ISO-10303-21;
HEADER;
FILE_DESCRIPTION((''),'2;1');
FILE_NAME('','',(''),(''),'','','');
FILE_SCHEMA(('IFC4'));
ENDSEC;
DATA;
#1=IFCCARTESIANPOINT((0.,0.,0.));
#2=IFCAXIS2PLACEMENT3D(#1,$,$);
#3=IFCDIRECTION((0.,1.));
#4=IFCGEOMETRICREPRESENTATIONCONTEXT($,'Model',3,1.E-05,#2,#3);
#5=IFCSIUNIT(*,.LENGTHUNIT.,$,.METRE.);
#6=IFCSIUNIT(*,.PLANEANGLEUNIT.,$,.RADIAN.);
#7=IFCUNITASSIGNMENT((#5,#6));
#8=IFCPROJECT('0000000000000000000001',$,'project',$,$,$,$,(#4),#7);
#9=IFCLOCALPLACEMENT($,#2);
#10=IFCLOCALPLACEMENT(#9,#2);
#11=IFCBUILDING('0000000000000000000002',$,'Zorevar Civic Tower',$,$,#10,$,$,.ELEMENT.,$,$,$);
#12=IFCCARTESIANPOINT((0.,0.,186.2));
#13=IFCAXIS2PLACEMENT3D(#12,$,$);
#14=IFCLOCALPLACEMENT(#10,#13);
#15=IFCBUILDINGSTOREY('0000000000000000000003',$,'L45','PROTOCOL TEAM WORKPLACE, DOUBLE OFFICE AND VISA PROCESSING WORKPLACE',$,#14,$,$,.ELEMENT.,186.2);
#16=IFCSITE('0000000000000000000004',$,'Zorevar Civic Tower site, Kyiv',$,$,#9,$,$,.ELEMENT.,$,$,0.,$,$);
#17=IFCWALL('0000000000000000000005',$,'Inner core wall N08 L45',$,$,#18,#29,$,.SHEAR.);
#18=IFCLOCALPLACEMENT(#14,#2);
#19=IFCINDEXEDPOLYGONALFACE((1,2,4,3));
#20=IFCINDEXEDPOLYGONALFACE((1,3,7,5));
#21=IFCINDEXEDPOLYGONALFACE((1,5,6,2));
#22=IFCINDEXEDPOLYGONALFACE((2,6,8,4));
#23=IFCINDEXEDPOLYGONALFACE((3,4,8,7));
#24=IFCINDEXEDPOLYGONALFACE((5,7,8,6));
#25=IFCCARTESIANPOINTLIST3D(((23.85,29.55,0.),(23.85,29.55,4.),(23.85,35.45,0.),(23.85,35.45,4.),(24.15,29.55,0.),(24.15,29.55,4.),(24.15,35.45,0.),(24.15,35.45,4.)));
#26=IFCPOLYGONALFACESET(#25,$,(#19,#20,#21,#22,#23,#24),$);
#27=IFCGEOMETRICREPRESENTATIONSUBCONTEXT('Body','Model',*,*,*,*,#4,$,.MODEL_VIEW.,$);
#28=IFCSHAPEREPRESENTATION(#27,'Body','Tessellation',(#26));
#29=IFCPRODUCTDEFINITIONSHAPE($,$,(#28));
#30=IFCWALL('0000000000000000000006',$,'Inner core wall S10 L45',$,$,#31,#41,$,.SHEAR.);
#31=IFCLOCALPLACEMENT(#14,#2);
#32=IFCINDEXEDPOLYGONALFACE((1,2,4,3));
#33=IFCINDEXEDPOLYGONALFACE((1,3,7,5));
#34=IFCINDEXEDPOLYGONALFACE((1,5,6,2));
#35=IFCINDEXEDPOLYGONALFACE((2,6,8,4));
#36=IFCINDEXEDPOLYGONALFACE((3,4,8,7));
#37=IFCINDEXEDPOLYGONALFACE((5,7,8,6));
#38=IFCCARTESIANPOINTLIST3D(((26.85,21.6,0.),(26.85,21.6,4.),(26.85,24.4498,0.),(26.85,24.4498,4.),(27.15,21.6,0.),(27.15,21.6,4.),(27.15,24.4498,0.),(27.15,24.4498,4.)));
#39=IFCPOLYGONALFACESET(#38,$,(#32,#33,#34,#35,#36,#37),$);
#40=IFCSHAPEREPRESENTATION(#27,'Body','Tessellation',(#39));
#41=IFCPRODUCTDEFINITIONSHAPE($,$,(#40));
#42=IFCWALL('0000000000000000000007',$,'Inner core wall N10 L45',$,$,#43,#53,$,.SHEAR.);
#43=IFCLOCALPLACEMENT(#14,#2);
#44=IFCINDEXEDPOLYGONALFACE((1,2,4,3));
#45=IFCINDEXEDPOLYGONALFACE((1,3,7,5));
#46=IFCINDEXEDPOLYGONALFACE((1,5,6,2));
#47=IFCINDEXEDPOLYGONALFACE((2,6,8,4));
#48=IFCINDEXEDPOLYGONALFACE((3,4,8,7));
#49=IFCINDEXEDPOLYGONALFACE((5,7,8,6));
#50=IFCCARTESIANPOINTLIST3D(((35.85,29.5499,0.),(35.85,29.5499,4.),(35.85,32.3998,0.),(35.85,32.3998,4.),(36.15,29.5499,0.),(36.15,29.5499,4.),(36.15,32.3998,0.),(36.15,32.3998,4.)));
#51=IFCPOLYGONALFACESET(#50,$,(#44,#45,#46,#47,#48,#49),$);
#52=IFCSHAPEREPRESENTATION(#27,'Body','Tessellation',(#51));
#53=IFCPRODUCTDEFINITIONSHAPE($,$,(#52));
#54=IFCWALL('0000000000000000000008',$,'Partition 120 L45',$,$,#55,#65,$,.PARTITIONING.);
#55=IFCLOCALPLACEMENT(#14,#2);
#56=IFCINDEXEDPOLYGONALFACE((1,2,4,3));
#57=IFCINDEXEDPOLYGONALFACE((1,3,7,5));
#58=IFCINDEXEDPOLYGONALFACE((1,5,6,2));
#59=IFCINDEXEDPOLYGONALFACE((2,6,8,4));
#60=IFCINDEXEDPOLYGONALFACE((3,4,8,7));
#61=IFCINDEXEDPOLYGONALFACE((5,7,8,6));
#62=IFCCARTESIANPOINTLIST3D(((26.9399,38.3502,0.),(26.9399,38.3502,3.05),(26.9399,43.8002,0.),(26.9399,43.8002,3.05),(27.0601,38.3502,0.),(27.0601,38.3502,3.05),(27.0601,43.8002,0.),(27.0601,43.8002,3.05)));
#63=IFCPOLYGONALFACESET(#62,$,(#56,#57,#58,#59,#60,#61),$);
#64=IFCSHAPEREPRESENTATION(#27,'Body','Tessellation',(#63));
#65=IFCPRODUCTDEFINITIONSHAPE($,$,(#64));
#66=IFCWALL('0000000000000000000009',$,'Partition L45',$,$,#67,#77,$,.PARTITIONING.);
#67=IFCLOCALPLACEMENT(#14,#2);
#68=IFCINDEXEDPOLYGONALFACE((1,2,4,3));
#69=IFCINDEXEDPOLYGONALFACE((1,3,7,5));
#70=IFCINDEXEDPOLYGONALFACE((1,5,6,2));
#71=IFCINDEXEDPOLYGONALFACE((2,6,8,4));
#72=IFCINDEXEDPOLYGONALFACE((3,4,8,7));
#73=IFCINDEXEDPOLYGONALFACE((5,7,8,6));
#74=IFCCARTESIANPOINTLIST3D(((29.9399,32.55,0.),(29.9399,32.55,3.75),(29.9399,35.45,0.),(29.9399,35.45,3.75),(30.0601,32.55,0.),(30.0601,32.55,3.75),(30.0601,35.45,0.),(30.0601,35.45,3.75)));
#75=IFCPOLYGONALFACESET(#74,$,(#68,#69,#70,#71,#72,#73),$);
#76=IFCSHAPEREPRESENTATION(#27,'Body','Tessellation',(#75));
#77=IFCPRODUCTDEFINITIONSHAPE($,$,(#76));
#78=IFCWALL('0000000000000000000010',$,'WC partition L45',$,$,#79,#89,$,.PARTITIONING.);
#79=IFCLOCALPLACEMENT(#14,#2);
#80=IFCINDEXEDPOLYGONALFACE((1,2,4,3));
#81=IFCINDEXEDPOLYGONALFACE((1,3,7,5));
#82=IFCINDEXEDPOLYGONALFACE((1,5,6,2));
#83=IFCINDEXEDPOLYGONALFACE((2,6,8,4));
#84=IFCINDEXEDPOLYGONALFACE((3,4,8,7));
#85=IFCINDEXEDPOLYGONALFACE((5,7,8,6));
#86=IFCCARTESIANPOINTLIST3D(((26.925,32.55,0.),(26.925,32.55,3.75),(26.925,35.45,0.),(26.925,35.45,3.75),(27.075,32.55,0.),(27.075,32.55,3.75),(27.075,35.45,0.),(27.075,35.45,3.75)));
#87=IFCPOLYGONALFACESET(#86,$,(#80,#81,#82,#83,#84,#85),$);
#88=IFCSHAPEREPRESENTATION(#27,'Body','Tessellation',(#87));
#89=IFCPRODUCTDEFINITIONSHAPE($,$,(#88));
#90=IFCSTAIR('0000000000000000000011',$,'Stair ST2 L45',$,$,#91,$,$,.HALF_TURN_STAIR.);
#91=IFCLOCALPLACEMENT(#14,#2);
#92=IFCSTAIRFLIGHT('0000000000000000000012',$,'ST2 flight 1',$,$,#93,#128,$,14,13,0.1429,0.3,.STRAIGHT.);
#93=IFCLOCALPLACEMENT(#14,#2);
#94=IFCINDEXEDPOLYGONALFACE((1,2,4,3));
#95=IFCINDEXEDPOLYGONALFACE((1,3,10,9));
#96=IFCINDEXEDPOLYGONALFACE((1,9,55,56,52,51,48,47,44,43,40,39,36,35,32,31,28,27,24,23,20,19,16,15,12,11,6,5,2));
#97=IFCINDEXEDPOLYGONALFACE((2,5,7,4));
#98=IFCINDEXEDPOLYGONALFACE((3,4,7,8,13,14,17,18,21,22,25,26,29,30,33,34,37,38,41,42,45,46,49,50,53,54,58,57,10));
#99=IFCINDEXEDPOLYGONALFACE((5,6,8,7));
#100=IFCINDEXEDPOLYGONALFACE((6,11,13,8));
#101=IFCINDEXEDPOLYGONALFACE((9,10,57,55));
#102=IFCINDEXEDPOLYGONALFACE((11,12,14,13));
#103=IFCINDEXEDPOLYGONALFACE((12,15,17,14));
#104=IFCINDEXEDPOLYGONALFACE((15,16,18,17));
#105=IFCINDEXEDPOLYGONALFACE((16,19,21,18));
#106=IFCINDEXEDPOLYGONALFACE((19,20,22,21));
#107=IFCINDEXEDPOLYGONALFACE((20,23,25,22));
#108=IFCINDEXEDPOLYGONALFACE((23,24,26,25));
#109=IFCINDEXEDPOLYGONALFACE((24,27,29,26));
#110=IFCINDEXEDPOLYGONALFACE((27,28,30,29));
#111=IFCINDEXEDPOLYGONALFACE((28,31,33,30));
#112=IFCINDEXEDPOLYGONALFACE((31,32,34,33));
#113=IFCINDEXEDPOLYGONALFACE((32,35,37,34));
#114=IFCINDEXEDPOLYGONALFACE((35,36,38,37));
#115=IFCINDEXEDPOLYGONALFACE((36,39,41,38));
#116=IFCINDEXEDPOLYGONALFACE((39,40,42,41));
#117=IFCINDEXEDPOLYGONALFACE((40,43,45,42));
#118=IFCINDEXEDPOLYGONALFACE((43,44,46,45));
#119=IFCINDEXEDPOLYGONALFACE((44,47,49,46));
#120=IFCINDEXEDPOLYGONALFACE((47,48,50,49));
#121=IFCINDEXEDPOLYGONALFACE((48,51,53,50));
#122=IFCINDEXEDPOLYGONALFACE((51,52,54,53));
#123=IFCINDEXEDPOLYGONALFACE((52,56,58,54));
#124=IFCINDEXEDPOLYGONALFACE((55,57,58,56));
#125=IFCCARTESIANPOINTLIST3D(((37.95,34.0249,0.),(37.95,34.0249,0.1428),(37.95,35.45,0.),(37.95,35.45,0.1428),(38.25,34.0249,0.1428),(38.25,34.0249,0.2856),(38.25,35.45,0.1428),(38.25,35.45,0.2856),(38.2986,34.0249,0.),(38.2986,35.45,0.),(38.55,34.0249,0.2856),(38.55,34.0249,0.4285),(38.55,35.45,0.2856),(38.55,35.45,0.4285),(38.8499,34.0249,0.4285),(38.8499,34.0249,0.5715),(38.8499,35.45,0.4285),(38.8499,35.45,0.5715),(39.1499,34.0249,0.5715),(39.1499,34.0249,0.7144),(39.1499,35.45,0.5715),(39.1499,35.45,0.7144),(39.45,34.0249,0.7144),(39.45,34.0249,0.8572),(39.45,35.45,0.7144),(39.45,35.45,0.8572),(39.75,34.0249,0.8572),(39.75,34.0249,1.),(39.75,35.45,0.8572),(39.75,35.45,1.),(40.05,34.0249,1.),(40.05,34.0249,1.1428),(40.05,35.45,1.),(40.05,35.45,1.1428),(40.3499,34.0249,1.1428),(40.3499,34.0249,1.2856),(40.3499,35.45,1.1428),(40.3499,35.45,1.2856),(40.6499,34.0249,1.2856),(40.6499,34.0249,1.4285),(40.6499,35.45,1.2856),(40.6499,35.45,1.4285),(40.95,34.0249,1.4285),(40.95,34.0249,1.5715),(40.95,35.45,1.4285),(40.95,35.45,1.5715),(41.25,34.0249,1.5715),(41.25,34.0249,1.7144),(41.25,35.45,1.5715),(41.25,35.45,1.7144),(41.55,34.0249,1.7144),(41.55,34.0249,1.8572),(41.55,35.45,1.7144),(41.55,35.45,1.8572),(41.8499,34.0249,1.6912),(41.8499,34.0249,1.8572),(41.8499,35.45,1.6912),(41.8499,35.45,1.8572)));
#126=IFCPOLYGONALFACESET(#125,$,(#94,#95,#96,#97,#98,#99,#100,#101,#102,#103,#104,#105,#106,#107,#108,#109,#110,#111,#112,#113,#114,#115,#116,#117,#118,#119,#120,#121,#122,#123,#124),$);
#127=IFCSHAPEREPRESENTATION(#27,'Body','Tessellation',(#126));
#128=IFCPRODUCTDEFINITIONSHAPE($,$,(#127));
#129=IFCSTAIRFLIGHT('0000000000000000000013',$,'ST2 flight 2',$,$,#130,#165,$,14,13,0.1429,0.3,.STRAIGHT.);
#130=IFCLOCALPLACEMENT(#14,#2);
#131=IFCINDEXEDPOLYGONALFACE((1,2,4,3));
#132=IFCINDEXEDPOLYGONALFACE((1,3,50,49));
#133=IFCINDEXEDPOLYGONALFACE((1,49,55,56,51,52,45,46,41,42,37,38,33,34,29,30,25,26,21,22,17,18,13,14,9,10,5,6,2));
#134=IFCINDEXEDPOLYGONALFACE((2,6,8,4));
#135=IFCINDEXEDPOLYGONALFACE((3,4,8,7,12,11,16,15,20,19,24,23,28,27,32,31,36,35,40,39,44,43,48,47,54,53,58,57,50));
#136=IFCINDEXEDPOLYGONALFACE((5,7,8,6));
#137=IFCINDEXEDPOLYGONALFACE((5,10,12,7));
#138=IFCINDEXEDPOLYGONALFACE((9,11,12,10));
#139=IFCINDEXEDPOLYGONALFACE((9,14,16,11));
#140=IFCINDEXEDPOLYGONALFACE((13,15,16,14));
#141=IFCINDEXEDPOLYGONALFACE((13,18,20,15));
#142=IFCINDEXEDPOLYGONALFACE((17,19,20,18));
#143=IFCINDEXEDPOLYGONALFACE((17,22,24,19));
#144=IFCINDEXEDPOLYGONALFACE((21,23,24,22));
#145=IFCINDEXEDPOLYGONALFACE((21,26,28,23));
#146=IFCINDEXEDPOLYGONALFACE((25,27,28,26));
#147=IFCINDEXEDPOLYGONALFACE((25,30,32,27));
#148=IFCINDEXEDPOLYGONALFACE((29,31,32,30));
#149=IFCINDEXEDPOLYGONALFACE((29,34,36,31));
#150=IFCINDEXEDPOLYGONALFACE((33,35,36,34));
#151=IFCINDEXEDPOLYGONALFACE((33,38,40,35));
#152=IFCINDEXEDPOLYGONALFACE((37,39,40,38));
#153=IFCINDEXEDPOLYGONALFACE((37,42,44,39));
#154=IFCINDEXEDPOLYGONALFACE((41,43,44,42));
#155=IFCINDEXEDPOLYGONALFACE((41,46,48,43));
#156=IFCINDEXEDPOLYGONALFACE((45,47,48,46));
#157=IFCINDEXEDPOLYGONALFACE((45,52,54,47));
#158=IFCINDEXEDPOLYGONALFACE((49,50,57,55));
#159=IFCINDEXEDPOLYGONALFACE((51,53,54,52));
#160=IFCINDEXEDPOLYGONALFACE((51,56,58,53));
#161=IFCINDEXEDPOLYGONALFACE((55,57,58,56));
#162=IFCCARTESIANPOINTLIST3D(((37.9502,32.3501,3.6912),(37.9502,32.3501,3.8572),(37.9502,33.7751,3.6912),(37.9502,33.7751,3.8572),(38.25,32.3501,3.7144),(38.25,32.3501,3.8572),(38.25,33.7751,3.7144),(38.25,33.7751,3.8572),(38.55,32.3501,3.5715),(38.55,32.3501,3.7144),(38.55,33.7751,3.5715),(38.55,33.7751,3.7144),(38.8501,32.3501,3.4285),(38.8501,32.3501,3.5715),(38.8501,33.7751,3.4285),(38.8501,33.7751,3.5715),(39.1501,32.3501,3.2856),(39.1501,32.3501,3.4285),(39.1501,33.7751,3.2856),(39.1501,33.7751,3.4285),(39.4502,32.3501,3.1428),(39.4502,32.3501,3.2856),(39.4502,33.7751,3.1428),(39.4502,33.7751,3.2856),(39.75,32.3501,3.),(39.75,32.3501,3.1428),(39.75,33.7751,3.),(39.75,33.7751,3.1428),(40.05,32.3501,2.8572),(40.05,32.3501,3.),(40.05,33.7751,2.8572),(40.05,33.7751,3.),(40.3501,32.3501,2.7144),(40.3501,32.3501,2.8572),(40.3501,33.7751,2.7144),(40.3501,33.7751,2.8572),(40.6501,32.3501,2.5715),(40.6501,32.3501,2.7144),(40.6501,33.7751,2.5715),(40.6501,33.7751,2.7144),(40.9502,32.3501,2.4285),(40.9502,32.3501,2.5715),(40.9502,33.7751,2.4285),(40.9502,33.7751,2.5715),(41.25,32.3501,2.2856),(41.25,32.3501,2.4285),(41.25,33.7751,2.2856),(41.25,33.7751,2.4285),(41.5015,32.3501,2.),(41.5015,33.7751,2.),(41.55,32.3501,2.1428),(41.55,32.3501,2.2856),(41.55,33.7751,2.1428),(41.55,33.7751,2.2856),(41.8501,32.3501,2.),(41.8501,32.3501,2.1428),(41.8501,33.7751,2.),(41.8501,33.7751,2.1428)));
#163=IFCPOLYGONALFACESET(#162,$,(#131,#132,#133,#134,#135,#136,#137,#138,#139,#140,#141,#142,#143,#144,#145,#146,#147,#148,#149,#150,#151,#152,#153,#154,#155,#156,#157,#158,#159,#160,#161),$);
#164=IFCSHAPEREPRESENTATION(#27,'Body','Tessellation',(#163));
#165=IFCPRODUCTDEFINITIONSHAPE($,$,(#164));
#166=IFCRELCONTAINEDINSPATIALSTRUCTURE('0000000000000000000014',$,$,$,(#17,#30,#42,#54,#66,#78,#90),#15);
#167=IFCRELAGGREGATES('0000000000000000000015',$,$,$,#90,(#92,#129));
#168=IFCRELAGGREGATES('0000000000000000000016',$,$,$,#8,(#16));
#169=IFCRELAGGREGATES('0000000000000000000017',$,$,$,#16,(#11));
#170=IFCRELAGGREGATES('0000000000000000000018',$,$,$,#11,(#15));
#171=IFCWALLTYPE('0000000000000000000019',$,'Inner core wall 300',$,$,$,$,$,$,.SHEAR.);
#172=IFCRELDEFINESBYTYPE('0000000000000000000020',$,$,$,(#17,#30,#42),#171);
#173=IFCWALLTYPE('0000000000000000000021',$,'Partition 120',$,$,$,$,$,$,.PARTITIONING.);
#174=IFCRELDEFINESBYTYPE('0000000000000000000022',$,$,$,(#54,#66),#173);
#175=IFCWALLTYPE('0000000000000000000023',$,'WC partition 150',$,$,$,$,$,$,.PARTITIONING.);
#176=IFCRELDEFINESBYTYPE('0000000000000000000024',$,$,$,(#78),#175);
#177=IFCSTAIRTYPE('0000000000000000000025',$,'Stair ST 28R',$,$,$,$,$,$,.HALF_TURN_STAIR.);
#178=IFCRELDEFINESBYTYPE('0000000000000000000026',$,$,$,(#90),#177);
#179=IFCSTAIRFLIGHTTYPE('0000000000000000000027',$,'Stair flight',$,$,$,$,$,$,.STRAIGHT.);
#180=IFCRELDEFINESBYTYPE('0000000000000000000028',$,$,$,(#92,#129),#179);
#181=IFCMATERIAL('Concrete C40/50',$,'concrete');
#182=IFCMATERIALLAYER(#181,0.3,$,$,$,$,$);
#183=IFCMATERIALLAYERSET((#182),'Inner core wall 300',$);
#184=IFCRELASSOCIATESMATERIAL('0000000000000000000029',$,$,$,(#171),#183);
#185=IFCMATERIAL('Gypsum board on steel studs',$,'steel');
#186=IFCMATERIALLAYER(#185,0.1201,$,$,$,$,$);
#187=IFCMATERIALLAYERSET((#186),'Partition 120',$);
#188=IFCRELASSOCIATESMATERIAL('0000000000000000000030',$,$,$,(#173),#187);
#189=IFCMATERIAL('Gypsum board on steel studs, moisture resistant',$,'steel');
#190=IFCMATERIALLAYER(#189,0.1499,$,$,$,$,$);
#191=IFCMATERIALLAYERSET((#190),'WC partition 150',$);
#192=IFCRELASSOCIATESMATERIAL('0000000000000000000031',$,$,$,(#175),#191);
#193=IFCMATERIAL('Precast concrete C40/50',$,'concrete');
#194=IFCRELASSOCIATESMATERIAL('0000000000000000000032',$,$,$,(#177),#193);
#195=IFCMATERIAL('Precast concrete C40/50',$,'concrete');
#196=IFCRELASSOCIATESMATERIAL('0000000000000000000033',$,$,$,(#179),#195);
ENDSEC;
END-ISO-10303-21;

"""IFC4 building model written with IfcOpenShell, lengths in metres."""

from ifc_helpers import new_model, si_unit, direction, frame, frame_2d, origin, place, context, subcontext, project, spatial, polyline, rectangle, outline, extrude, material, layer, layer_set, type_object, element, aggregate, save


model = new_model("IFC4")

# Units and contexts
model_context = context("Model", 3, precision=1e-05, world=origin(), true_north=direction((0.0, 1.0)))
body_context = subcontext(model_context, "Body", "Model", "MODEL_VIEW")
ifc_project = project(units=[si_unit("LENGTHUNIT", "METRE"), si_unit("PLANEANGLEUNIT", "RADIAN")], contexts=[model_context])

# Site, building, storey
site_placement = place(None, origin())
site = spatial("IfcSite", under=ifc_project, at=site_placement, Name="Zorevar Civic Tower site, Kyiv", CompositionType="ELEMENT", RefElevation=0.0)
building_placement = place(site_placement, origin())
building = spatial("IfcBuilding", under=site, at=building_placement, Name="Zorevar Civic Tower", CompositionType="ELEMENT")
storey_placement = place(building_placement, frame((0.0, 0.0, 186.2)))
storey = spatial("IfcBuildingStorey", under=building, at=storey_placement, Name="L45", Description="PROTOCOL TEAM WORKPLACE, DOUBLE OFFICE AND VISA PROCESSING WORKPLACE", CompositionType="ELEMENT", Elevation=186.2)

# Shared definitions
ifc_material_1 = material(Name="Concrete C40/50", Category="concrete")
ifc_layer_1 = layer(ifc_material_1, 0.3)
ifc_layer_set_1 = layer_set([ifc_layer_1], Name="Inner core wall 300")
wall_type_1 = type_object("IfcWallType", Name="Inner core wall 300", PredefinedType="SHEAR", material=ifc_layer_set_1)

# Walls
wall_1_placement = place(storey_placement, frame((24.0, 29.55, 0.0), z_axis=(0.0, 0.0, 1.0), x_axis=(0.0, 1.0, 0.0)))
element("IfcWall", 1, at=wall_1_placement, inside=storey, type_object=wall_type_1, Name="Inner core wall N08 L45", PredefinedType="SHEAR", context=body_context, shape_type="SweptSolid", body=[
    extrude(rectangle(XDim=5.8999, YDim=0.3, at=frame_2d((2.95, 0.0))), origin(), (0.0, 0.0, 1.0), 4.0),
])
for number, where, z_axis, x_axis, name in (
    (2, (27.0, 21.6001, 0.0), (0.0, 0.0, 1.0), (0.0, 1.0, 0.0), "Inner core wall S10 L45"),
    (3, (36.0, 29.55, 0.0), (0.0, 0.0, 1.0), (0.0, 1.0, 0.0), "Inner core wall N10 L45"),
):
    element("IfcWall", number, at=place(storey_placement, frame(where, z_axis=z_axis, x_axis=x_axis)), inside=storey, type_object=wall_type_1, Name=name, PredefinedType="SHEAR", context=body_context, shape_type="SweptSolid", body=[
        extrude(rectangle(XDim=2.8499, YDim=0.3, at=frame_2d((1.4248, 0.0))), origin(), (0.0, 0.0, 1.0), 4.0),
    ])
ifc_material_2 = material(Name="Gypsum board on steel studs", Category="steel")
ifc_layer_2 = layer(ifc_material_2, 0.1201)
ifc_layer_set_2 = layer_set([ifc_layer_2], Name="Partition 120")
wall_type_2 = type_object("IfcWallType", Name="Partition 120", PredefinedType="PARTITIONING", material=ifc_layer_set_2)
wall_2_placement = place(storey_placement, frame((27.0, 38.3501, 0.0), z_axis=(0.0, 0.0, 1.0), x_axis=(0.0, 1.0, 0.0)))
element("IfcWall", 4, at=wall_2_placement, inside=storey, type_object=wall_type_2, Name="Partition 120 L45", PredefinedType="PARTITIONING", context=body_context, shape_type="SweptSolid", body=[
    extrude(rectangle(XDim=5.45, YDim=0.1201, at=frame_2d((2.7251, 0.0))), origin(), (0.0, 0.0, 1.0), 3.05),
])
wall_3_placement = place(storey_placement, frame((30.0, 32.55, 0.0), z_axis=(0.0, 0.0, 1.0), x_axis=(0.0, 1.0, 0.0)))
element("IfcWall", 5, at=wall_3_placement, inside=storey, type_object=wall_type_2, Name="Partition L45", PredefinedType="PARTITIONING", context=body_context, shape_type="SweptSolid", body=[
    extrude(rectangle(XDim=2.8999, YDim=0.1201, at=frame_2d((1.45, 0.0))), origin(), (0.0, 0.0, 1.0), 3.75),
])

# Wall
ifc_material_3 = material(Name="Gypsum board on steel studs, moisture resistant", Category="steel")
ifc_layer_3 = layer(ifc_material_3, 0.1499)
ifc_layer_set_3 = layer_set([ifc_layer_3], Name="WC partition 150")
wall_type_3 = type_object("IfcWallType", Name="WC partition 150", PredefinedType="PARTITIONING", material=ifc_layer_set_3)
wall_4_placement = place(storey_placement, frame((27.0, 32.55, 0.0), z_axis=(0.0, 0.0, 1.0), x_axis=(0.0, 1.0, 0.0)))
element("IfcWall", 6, at=wall_4_placement, inside=storey, type_object=wall_type_3, Name="WC partition L45", PredefinedType="PARTITIONING", context=body_context, shape_type="SweptSolid", body=[
    extrude(rectangle(XDim=2.8999, YDim=0.1499, at=frame_2d((1.45, 0.0))), origin(), (0.0, 0.0, 1.0), 3.75),
])

# Stair, stair flights
ifc_material_4 = material(Name="Precast concrete C40/50", Category="concrete")
stair_type = type_object("IfcStairType", Name="Stair ST 28R", PredefinedType="HALF_TURN_STAIR", material=ifc_material_4)
stair_placement = place(storey_placement, origin())
stair = element("IfcStair", 7, at=stair_placement, inside=storey, type_object=stair_type, Name="Stair ST2 L45", PredefinedType="HALF_TURN_STAIR")
ifc_material_5 = material(Name="Precast concrete C40/50", Category="concrete")
stair_flight_type = type_object("IfcStairFlightType", Name="Stair flight", PredefinedType="STRAIGHT", material=ifc_material_5)
stair_flight_1_placement = place(storey_placement, frame((37.95, 34.7375, 0.0), z_axis=(0.0, 0.0, 1.0), x_axis=(1.0, 0.0, 0.0)))
stair_flight_1 = element("IfcStairFlight", 8, at=stair_flight_1_placement, type_object=stair_flight_type, Name="ST2 flight 1", NumberOfRisers=14, NumberOfTreads=13, PredefinedType="STRAIGHT", RiserHeight=0.1429, TreadLength=0.3, context=body_context, shape_type="SweptSolid", body=[
    extrude(outline(polyline([(0.0, 0.0), (0.0, 0.1428), (0.3, 0.1428), (0.3, 0.2856), (0.6001, 0.2856), (0.6001, 0.4285), (0.8999, 0.4285), (0.8999, 0.5715), (1.2, 0.5715), (1.2, 0.7144), (1.5, 0.7144), (1.5, 0.8572), (1.8, 0.8572), (1.8, 1.0), (2.1001, 1.0), (2.1001, 1.1428), (2.3999, 1.1428), (2.3999, 1.2856), (2.7, 1.2856), (2.7, 1.4285), (3.0, 1.4285), (3.0, 1.5715), (3.3, 1.5715), (3.3, 1.7144), (3.6001, 1.7144), (3.6001, 1.8572), (3.8999, 1.8572), (3.8999, 2.0), (3.8999, 1.6912), (0.3486, 0.0), (0.0, 0.0)])), frame((0.0, 0.7124, 0.0), z_axis=(0.0, -1.0, 0.0), x_axis=(1.0, 0.0, 0.0)), (0.0, 0.0, 1.0), 1.425),
])
stair_flight_2_placement = place(storey_placement, frame((41.8501, 33.0625, 2.0), z_axis=(0.0, 0.0, 1.0), x_axis=(-1.0, 0.0, 0.0)))
stair_flight_2 = element("IfcStairFlight", 9, at=stair_flight_2_placement, type_object=stair_flight_type, Name="ST2 flight 2", NumberOfRisers=14, NumberOfTreads=13, PredefinedType="STRAIGHT", RiserHeight=0.1429, TreadLength=0.3, context=body_context, shape_type="SweptSolid", body=[
    extrude(outline(polyline([(0.0, 0.0), (0.0, 0.1428), (0.3, 0.1428), (0.3, 0.2856), (0.6001, 0.2856), (0.6001, 0.4285), (0.8999, 0.4285), (0.8999, 0.5715), (1.2, 0.5715), (1.2, 0.7144), (1.5, 0.7144), (1.5, 0.8572), (1.8, 0.8572), (1.8, 1.0), (2.1001, 1.0), (2.1001, 1.1428), (2.3999, 1.1428), (2.3999, 1.2856), (2.7, 1.2856), (2.7, 1.4285), (3.0, 1.4285), (3.0, 1.5715), (3.3, 1.5715), (3.3, 1.7144), (3.6001, 1.7144), (3.6001, 1.8572), (3.8999, 1.8572), (3.8999, 2.0), (3.8999, 1.6912), (0.3486, 0.0), (0.0, 0.0)])), frame((0.0, 0.7124, 0.0), z_axis=(0.0, -1.0, 0.0), x_axis=(1.0, 0.0, 0.0)), (0.0, 0.0, 1.0), 1.425),
])
aggregate(stair, [stair_flight_1, stair_flight_2])

save(model, "model.ifc")
